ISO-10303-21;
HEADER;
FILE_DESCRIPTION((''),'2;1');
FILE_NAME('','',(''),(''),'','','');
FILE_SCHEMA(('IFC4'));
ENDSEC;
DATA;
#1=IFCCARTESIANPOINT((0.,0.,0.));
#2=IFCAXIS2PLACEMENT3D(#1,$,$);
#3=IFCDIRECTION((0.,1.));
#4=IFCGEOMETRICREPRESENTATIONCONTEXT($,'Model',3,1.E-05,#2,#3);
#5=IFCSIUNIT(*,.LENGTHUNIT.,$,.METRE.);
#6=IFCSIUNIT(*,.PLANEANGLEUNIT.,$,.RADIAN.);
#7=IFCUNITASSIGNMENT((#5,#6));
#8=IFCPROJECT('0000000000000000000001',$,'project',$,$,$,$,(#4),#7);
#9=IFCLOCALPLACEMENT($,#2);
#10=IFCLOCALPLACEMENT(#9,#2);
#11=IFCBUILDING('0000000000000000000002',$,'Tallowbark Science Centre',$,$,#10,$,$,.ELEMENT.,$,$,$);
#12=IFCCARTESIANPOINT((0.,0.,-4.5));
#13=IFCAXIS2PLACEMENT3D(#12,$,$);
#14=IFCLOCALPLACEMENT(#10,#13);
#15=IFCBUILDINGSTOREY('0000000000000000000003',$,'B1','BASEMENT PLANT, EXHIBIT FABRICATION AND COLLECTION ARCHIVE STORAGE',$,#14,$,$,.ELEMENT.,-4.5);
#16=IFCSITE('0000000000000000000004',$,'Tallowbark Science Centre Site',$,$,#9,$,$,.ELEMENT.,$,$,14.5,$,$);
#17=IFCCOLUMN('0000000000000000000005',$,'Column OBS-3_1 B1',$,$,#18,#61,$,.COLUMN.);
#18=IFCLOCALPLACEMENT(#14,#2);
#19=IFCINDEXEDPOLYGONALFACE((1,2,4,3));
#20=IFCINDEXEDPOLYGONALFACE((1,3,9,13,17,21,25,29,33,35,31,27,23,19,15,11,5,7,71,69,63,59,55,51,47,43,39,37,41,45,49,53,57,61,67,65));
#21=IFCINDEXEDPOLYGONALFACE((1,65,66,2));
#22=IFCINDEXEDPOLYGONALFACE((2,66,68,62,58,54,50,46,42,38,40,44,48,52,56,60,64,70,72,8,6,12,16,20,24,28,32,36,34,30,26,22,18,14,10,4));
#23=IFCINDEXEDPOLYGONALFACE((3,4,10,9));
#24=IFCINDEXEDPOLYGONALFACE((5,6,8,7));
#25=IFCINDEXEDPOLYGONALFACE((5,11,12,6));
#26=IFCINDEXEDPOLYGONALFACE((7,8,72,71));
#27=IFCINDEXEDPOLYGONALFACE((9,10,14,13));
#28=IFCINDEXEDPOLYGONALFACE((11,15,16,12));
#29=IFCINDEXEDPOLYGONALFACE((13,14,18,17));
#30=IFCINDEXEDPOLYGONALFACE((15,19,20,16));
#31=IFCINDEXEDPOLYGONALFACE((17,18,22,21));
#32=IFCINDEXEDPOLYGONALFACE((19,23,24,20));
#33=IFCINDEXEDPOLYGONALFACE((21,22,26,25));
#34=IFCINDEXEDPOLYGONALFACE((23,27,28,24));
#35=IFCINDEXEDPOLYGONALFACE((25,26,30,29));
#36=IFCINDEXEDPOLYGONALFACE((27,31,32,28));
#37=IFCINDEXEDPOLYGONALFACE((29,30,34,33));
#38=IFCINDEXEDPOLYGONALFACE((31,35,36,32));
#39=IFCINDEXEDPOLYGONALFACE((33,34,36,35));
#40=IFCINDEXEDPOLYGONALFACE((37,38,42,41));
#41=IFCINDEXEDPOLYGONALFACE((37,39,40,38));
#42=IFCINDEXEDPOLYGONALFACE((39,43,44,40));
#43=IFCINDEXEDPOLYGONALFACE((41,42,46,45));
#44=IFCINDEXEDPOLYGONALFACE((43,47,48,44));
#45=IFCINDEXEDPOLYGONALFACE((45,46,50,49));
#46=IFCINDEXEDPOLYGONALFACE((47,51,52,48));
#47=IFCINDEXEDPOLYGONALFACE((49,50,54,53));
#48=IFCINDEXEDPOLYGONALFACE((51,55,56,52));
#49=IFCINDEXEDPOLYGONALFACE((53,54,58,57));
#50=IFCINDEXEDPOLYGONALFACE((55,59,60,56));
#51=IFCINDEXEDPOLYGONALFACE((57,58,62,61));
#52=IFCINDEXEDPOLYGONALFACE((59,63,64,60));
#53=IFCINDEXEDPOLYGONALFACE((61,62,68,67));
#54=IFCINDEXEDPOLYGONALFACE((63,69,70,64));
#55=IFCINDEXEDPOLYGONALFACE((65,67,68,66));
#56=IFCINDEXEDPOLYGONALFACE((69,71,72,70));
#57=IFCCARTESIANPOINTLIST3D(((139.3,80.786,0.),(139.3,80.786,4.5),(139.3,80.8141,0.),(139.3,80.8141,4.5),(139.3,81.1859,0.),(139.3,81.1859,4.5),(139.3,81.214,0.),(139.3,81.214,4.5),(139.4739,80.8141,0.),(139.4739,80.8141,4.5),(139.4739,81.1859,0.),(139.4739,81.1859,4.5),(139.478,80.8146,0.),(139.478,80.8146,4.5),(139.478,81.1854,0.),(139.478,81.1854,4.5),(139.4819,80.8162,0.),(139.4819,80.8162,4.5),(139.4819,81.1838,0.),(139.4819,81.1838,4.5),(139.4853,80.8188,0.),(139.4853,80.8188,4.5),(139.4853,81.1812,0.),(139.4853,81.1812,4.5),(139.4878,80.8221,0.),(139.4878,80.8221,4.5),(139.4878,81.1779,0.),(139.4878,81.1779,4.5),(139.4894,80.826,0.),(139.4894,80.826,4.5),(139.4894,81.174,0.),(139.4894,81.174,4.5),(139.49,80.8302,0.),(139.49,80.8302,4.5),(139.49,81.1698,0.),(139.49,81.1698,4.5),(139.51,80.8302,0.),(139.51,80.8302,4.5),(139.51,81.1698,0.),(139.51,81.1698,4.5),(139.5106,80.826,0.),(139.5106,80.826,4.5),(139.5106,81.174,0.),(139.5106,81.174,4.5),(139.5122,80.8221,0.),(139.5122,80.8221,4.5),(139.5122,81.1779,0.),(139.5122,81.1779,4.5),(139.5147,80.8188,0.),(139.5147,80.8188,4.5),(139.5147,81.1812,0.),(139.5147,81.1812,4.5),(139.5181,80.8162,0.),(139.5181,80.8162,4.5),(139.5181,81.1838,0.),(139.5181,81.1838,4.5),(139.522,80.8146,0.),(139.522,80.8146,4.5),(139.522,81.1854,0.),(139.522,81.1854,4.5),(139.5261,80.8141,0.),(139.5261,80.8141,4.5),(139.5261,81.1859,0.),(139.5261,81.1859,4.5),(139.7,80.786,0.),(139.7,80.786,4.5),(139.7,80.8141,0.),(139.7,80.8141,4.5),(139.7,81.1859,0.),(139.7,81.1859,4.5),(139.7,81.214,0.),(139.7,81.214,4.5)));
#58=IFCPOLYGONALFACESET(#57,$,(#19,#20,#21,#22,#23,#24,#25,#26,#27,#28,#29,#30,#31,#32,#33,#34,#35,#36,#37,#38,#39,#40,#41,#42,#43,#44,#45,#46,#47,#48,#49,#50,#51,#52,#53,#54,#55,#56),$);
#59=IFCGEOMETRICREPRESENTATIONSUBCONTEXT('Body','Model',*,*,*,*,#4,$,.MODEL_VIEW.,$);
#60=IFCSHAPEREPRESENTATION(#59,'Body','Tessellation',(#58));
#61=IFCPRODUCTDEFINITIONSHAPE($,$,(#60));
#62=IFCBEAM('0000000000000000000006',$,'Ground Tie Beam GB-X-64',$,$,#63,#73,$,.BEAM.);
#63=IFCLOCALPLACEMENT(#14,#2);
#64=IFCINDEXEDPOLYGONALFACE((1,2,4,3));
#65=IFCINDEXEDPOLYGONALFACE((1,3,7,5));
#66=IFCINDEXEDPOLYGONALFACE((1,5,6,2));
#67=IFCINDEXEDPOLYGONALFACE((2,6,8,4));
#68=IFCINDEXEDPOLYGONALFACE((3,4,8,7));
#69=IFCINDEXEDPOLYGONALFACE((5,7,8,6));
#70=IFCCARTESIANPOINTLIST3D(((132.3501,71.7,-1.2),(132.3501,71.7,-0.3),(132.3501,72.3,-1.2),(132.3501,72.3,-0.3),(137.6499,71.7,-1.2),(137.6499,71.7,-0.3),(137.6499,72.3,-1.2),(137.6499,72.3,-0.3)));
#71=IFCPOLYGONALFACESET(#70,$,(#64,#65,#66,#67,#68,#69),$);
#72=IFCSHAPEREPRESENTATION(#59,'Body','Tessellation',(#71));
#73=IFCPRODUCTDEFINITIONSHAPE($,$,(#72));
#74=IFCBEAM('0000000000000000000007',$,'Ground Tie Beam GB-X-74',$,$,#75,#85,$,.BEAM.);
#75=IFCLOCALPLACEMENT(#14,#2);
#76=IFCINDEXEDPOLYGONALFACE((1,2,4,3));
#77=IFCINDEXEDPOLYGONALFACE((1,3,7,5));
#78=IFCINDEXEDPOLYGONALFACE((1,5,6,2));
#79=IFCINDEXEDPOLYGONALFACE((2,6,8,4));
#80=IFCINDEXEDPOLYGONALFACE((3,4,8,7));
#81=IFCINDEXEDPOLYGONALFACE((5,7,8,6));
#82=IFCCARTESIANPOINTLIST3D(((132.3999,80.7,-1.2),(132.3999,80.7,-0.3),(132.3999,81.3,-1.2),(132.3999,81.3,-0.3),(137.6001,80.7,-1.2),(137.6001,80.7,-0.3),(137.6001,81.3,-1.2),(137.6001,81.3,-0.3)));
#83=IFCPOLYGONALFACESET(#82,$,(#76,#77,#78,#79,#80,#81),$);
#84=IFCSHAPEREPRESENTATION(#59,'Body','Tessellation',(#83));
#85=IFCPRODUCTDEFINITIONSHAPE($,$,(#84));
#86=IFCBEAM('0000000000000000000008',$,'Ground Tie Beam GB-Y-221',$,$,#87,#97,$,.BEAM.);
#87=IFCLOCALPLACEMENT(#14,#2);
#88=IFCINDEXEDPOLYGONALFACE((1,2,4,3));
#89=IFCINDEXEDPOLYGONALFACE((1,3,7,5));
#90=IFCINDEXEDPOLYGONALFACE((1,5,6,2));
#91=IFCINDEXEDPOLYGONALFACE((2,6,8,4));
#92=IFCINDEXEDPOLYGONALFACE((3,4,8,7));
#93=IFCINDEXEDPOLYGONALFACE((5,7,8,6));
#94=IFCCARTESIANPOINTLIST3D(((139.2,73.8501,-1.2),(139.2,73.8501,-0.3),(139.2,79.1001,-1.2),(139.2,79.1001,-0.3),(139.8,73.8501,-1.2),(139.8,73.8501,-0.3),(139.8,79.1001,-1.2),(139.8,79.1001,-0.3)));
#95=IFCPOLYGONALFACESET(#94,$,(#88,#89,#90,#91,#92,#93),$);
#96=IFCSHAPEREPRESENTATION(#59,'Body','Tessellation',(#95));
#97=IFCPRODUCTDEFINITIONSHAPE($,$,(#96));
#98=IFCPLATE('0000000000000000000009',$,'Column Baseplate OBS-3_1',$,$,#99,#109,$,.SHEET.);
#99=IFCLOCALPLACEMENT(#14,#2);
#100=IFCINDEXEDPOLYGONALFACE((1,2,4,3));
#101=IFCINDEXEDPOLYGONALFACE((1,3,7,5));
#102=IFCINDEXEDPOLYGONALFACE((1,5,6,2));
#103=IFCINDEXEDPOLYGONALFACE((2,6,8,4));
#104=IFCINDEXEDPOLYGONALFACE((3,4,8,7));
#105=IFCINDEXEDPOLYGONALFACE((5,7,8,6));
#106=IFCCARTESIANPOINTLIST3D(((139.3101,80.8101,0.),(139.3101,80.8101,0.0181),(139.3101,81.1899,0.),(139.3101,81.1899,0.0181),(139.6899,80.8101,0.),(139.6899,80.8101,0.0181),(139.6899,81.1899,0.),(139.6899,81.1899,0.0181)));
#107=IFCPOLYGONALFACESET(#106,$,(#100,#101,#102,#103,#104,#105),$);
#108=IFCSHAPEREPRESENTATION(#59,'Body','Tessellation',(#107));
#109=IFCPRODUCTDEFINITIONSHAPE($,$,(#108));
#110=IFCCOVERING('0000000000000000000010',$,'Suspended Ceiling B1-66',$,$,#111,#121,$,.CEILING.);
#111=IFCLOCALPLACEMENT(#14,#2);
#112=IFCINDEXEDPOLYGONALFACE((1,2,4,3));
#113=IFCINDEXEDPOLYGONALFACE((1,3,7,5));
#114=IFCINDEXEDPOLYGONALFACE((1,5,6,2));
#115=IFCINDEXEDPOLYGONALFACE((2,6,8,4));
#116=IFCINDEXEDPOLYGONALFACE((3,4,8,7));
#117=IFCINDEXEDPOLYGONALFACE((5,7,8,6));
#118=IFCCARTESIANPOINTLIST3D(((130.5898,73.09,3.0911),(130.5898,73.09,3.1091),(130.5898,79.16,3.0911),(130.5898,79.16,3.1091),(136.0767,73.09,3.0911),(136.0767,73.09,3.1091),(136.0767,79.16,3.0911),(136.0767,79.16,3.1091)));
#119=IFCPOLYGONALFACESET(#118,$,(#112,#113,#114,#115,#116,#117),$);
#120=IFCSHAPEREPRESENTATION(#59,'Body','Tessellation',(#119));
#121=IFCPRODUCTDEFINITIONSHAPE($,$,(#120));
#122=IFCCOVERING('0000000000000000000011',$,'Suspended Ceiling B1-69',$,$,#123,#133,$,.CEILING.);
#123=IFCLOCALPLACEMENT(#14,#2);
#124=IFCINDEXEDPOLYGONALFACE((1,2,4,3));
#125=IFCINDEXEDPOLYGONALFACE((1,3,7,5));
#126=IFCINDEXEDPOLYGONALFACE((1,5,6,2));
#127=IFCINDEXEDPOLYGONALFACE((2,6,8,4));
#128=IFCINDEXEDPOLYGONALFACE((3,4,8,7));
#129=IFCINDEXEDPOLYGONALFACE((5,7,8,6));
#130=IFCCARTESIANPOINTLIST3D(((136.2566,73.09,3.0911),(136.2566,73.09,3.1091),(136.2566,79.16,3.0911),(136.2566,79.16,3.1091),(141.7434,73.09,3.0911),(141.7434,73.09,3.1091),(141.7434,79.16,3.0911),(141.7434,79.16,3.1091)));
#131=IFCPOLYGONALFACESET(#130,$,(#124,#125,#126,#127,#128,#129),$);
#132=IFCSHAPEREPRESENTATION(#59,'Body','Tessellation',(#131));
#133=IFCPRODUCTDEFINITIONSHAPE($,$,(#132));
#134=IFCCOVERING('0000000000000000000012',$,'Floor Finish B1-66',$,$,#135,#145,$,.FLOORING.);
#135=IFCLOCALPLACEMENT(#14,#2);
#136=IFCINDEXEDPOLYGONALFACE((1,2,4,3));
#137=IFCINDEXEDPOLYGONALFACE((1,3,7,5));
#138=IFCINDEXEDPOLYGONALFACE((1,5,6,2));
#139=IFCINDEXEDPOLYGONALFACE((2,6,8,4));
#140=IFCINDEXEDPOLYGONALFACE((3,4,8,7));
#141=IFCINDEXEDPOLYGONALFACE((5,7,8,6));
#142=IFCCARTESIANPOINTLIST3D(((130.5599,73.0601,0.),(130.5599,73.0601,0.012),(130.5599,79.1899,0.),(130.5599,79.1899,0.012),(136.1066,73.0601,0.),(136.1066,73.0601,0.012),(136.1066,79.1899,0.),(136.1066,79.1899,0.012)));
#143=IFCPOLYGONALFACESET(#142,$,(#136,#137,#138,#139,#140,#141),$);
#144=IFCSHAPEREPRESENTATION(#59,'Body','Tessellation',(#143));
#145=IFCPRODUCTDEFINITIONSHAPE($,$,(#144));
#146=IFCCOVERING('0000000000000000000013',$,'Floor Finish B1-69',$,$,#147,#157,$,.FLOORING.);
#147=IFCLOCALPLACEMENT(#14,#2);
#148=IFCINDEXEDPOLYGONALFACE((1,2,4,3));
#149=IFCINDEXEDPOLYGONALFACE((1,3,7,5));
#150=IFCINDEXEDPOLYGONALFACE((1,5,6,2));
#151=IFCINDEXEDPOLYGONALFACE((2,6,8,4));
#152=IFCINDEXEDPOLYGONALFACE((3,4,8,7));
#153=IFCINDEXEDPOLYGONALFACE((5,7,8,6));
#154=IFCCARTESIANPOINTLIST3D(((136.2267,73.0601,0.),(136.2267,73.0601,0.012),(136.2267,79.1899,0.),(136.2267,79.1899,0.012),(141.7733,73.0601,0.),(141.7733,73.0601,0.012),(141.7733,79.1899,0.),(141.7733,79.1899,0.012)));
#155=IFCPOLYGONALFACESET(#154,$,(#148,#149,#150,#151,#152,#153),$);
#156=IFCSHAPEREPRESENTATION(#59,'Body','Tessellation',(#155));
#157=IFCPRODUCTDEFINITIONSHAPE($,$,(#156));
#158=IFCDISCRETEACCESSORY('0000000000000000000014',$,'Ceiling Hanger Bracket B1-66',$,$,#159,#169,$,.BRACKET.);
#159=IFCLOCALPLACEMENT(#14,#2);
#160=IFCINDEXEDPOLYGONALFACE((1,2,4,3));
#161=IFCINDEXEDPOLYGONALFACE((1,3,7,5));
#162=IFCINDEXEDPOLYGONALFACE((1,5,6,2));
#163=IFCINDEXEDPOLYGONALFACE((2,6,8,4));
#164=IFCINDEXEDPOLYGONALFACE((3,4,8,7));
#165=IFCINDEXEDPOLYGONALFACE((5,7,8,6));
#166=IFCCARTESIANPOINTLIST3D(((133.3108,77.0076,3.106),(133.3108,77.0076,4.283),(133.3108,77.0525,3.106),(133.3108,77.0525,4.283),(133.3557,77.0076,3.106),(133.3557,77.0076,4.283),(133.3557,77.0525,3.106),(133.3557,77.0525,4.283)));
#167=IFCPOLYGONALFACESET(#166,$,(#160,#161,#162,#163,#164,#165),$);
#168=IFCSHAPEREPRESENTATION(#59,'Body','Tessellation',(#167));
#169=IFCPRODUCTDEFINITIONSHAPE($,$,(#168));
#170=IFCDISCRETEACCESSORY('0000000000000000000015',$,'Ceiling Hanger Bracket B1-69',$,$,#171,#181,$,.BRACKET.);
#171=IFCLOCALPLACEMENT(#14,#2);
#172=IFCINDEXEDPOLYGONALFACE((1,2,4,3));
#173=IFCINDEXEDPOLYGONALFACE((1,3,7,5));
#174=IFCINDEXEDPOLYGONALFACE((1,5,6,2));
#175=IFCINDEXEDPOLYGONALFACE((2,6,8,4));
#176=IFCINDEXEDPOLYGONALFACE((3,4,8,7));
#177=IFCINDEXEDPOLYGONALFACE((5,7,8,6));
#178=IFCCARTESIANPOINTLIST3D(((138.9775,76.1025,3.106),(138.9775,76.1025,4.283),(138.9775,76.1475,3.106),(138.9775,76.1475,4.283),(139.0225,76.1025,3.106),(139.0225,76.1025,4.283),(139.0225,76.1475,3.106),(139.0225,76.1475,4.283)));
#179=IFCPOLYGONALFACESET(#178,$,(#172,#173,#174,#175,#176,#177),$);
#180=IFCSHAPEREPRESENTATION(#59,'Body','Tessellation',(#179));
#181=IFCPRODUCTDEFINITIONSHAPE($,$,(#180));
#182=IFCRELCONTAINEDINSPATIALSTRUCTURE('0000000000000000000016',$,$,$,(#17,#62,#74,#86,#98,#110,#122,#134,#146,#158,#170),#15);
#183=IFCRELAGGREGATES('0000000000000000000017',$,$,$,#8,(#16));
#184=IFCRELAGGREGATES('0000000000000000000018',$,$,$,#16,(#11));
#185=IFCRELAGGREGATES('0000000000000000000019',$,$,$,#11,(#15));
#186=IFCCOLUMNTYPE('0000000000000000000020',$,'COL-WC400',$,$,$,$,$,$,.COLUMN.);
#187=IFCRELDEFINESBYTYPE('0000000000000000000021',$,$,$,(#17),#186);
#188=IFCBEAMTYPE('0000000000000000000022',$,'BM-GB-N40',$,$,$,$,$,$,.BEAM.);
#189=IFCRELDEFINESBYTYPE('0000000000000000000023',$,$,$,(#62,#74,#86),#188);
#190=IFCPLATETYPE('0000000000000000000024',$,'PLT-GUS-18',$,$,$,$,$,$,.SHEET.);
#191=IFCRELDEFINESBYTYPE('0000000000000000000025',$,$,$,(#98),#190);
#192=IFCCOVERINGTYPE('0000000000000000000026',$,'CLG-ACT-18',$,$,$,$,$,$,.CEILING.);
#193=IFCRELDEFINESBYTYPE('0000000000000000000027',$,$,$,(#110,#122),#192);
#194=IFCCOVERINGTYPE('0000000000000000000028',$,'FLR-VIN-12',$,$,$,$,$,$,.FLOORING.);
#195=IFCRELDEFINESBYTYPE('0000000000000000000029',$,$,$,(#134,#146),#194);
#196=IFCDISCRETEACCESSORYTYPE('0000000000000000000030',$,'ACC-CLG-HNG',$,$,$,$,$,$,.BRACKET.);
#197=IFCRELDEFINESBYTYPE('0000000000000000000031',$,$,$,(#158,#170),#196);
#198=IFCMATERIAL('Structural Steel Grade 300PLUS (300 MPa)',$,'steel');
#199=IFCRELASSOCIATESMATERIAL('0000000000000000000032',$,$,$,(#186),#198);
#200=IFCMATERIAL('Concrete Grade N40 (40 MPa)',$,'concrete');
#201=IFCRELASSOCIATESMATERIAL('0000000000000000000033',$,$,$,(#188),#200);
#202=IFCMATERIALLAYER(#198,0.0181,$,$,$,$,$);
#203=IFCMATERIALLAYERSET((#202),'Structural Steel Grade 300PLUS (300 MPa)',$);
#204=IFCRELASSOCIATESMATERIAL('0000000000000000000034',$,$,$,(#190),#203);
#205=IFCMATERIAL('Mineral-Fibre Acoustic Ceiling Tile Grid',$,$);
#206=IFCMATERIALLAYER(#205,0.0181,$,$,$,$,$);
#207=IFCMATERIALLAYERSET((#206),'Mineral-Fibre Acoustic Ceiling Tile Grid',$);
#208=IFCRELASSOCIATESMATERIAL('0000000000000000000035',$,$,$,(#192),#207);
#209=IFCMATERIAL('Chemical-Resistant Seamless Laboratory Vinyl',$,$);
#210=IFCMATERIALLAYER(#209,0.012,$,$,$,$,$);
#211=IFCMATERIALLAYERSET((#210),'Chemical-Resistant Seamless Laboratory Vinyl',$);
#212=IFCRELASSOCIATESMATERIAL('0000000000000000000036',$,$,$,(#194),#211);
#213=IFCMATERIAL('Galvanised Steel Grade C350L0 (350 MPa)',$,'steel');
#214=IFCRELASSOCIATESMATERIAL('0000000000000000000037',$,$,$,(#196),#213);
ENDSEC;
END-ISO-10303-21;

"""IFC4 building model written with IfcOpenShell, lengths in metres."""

from ifc_helpers import new_model, si_unit, direction, frame, origin, origin_2d, place, context, subcontext, project, spatial, rectangle, i_section, extrude, material, layer, layer_set, material_profile, profile_set, type_object, element, save


model = new_model("IFC4")

# Units and contexts
model_context = context("Model", 3, precision=1e-05, world=origin(), true_north=direction((0.0, 1.0)))
body_context = subcontext(model_context, "Body", "Model", "MODEL_VIEW")
ifc_project = project(units=[si_unit("LENGTHUNIT", "METRE"), si_unit("PLANEANGLEUNIT", "RADIAN")], contexts=[model_context])

# Site, building, storey
site_placement = place(None, origin())
site = spatial("IfcSite", under=ifc_project, at=site_placement, Name="Tallowbark Science Centre Site", CompositionType="ELEMENT", RefElevation=14.5)
building_placement = place(site_placement, origin())
building = spatial("IfcBuilding", under=site, at=building_placement, Name="Tallowbark Science Centre", CompositionType="ELEMENT")
storey_placement = place(building_placement, frame((0.0, 0.0, -4.5)))
storey = spatial("IfcBuildingStorey", under=building, at=storey_placement, Name="B1", Description="BASEMENT PLANT, EXHIBIT FABRICATION AND COLLECTION ARCHIVE STORAGE", CompositionType="ELEMENT", Elevation=-4.5)

# Shared definitions
ifc_material_1 = material(Name="Concrete Grade N40 (40 MPa)", Category="concrete")

# Column
ifc_material_2 = material(Name="Structural Steel Grade 300PLUS (300 MPa)", Category="steel")
ifc_material_profile_1 = material_profile(ifc_material_2, i_section(OverallWidth=0.3999, OverallDepth=0.428, WebThickness=0.02, FlangeThickness=0.0281, FilletRadius=0.0161, at=origin_2d()), Name="400WC270")
ifc_profile_set_1 = profile_set([ifc_material_profile_1], Name="Structural Steel Grade 300PLUS (300 MPa)")
column_type = type_object("IfcColumnType", Name="COL-WC400", PredefinedType="COLUMN", material=ifc_profile_set_1)
for number, where, z_axis, x_axis, name in (
    (1, (139.5, 81.0, 0.0), (0.0, 0.0, 1.0), (1.0, 0.0, 0.0), "Column OBS-3_1 B1"),
):
    element("IfcColumn", number, at=place(storey_placement, frame(where, z_axis=z_axis, x_axis=x_axis)), inside=storey, type_object=column_type, Name=name, PredefinedType="COLUMN", context=body_context, shape_type="SweptSolid", body=[
        extrude(i_section(OverallWidth=0.3999, OverallDepth=0.428, WebThickness=0.02, FlangeThickness=0.0281, FilletRadius=0.0161, at=origin_2d()), origin(), (0.0, 0.0, 1.0), 4.5),
    ])

# Beams
ifc_material_profile_2 = material_profile(ifc_material_1, rectangle(XDim=0.6001, YDim=0.8999, at=origin_2d()), Name="RC600x900")
ifc_profile_set_2 = profile_set([ifc_material_profile_2], Name="Concrete Grade N40 (40 MPa)")
beam_type = type_object("IfcBeamType", Name="BM-GB-N40", PredefinedType="BEAM", material=ifc_profile_set_2)
beam_1_placement = place(storey_placement, frame((132.3501, 72.0, -0.75), z_axis=(1.0, 0.0, 0.0), x_axis=(0.0, 1.0, 0.0)))
element("IfcBeam", 2, at=beam_1_placement, inside=storey, type_object=beam_type, Name="Ground Tie Beam GB-X-64", PredefinedType="BEAM", context=body_context, shape_type="SweptSolid", body=[
    extrude(rectangle(XDim=0.6001, YDim=0.8999, at=origin_2d()), origin(), (0.0, 0.0, 1.0), 5.2998),
])
beam_2_placement = place(storey_placement, frame((132.3999, 81.0, -0.75), z_axis=(1.0, 0.0, 0.0), x_axis=(0.0, 1.0, 0.0)))
element("IfcBeam", 3, at=beam_2_placement, inside=storey, type_object=beam_type, Name="Ground Tie Beam GB-X-74", PredefinedType="BEAM", context=body_context, shape_type="SweptSolid", body=[
    extrude(rectangle(XDim=0.6001, YDim=0.8999, at=origin_2d()), origin(), (0.0, 0.0, 1.0), 5.2002),
])
beam_3_placement = place(storey_placement, frame((139.5, 73.8501, -0.75), z_axis=(0.0, 1.0, 0.0), x_axis=(-1.0, 0.0, 0.0)))
element("IfcBeam", 4, at=beam_3_placement, inside=storey, type_object=beam_type, Name="Ground Tie Beam GB-Y-221", PredefinedType="BEAM", context=body_context, shape_type="SweptSolid", body=[
    extrude(rectangle(XDim=0.6001, YDim=0.8999, at=origin_2d()), origin(), (0.0, 0.0, 1.0), 5.25),
])

# Plate
ifc_layer_1 = layer(ifc_material_2, 0.0181)
ifc_layer_set_1 = layer_set([ifc_layer_1], Name="Structural Steel Grade 300PLUS (300 MPa)")
plate_type = type_object("IfcPlateType", Name="PLT-GUS-18", PredefinedType="SHEET", material=ifc_layer_set_1)
plate_placement = place(storey_placement, frame((139.5, 81.0, 0.0), z_axis=(0.0, 0.0, 1.0), x_axis=(1.0, 0.0, 0.0)))
element("IfcPlate", 5, at=plate_placement, inside=storey, type_object=plate_type, Name="Column Baseplate OBS-3_1", PredefinedType="SHEET", context=body_context, shape_type="SweptSolid", body=[
    extrude(rectangle(XDim=0.3799, YDim=0.3799, at=origin_2d()), origin(), (0.0, 0.0, 1.0), 0.0181),
])

# Coverings
ifc_material_3 = material(Name="Mineral-Fibre Acoustic Ceiling Tile Grid")
ifc_layer_2 = layer(ifc_material_3, 0.0181)
ifc_layer_set_2 = layer_set([ifc_layer_2], Name="Mineral-Fibre Acoustic Ceiling Tile Grid")
covering_type_1 = type_object("IfcCoveringType", Name="CLG-ACT-18", PredefinedType="CEILING", material=ifc_layer_set_2)
for number, where, z_axis, x_axis, name in (
    (6, (133.3333, 76.125, 3.0911), (0.0, 0.0, 1.0), (1.0, 0.0, 0.0), "Suspended Ceiling B1-66"),
    (7, (139.0, 76.125, 3.0911), (0.0, 0.0, 1.0), (1.0, 0.0, 0.0), "Suspended Ceiling B1-69"),
):
    element("IfcCovering", number, at=place(storey_placement, frame(where, z_axis=z_axis, x_axis=x_axis)), inside=storey, type_object=covering_type_1, Name=name, PredefinedType="CEILING", context=body_context, shape_type="SweptSolid", body=[
        extrude(rectangle(XDim=5.4868, YDim=6.0701, at=origin_2d()), origin(), (0.0, 0.0, 1.0), 0.0181),
    ])
ifc_material_4 = material(Name="Chemical-Resistant Seamless Laboratory Vinyl")
ifc_layer_3 = layer(ifc_material_4, 0.012)
ifc_layer_set_3 = layer_set([ifc_layer_3], Name="Chemical-Resistant Seamless Laboratory Vinyl")
covering_type_2 = type_object("IfcCoveringType", Name="FLR-VIN-12", PredefinedType="FLOORING", material=ifc_layer_set_3)
for number, where, z_axis, x_axis, name in (
    (8, (133.3333, 76.125, 0.0), (0.0, 0.0, 1.0), (1.0, 0.0, 0.0), "Floor Finish B1-66"),
    (9, (139.0, 76.125, 0.0), (0.0, 0.0, 1.0), (1.0, 0.0, 0.0), "Floor Finish B1-69"),
):
    element("IfcCovering", number, at=place(storey_placement, frame(where, z_axis=z_axis, x_axis=x_axis)), inside=storey, type_object=covering_type_2, Name=name, PredefinedType="FLOORING", context=body_context, shape_type="SweptSolid", body=[
        extrude(rectangle(XDim=5.5466, YDim=6.1299, at=origin_2d()), origin(), (0.0, 0.0, 1.0), 0.012),
    ])

# Discrete accessories
ifc_material_5 = material(Name="Galvanised Steel Grade C350L0 (350 MPa)", Category="steel")
discrete_accessory_type = type_object("IfcDiscreteAccessoryType", Name="ACC-CLG-HNG", PredefinedType="BRACKET", material=ifc_material_5)
for number, where, z_axis, x_axis, name in (
    (10, (133.3333, 77.03, 3.106), (0.0, 0.0, 1.0), (1.0, 0.0, 0.0), "Ceiling Hanger Bracket B1-66"),
    (11, (139.0, 76.125, 3.106), (0.0, 0.0, 1.0), (1.0, 0.0, 0.0), "Ceiling Hanger Bracket B1-69"),
):
    element("IfcDiscreteAccessory", number, at=place(storey_placement, frame(where, z_axis=z_axis, x_axis=x_axis)), inside=storey, type_object=discrete_accessory_type, Name=name, PredefinedType="BRACKET", context=body_context, shape_type="SweptSolid", body=[
        extrude(rectangle(XDim=0.0449, YDim=0.0449, at=origin_2d()), origin(), (0.0, 0.0, 1.0), 1.177),
    ])

save(model, "model.ifc")
